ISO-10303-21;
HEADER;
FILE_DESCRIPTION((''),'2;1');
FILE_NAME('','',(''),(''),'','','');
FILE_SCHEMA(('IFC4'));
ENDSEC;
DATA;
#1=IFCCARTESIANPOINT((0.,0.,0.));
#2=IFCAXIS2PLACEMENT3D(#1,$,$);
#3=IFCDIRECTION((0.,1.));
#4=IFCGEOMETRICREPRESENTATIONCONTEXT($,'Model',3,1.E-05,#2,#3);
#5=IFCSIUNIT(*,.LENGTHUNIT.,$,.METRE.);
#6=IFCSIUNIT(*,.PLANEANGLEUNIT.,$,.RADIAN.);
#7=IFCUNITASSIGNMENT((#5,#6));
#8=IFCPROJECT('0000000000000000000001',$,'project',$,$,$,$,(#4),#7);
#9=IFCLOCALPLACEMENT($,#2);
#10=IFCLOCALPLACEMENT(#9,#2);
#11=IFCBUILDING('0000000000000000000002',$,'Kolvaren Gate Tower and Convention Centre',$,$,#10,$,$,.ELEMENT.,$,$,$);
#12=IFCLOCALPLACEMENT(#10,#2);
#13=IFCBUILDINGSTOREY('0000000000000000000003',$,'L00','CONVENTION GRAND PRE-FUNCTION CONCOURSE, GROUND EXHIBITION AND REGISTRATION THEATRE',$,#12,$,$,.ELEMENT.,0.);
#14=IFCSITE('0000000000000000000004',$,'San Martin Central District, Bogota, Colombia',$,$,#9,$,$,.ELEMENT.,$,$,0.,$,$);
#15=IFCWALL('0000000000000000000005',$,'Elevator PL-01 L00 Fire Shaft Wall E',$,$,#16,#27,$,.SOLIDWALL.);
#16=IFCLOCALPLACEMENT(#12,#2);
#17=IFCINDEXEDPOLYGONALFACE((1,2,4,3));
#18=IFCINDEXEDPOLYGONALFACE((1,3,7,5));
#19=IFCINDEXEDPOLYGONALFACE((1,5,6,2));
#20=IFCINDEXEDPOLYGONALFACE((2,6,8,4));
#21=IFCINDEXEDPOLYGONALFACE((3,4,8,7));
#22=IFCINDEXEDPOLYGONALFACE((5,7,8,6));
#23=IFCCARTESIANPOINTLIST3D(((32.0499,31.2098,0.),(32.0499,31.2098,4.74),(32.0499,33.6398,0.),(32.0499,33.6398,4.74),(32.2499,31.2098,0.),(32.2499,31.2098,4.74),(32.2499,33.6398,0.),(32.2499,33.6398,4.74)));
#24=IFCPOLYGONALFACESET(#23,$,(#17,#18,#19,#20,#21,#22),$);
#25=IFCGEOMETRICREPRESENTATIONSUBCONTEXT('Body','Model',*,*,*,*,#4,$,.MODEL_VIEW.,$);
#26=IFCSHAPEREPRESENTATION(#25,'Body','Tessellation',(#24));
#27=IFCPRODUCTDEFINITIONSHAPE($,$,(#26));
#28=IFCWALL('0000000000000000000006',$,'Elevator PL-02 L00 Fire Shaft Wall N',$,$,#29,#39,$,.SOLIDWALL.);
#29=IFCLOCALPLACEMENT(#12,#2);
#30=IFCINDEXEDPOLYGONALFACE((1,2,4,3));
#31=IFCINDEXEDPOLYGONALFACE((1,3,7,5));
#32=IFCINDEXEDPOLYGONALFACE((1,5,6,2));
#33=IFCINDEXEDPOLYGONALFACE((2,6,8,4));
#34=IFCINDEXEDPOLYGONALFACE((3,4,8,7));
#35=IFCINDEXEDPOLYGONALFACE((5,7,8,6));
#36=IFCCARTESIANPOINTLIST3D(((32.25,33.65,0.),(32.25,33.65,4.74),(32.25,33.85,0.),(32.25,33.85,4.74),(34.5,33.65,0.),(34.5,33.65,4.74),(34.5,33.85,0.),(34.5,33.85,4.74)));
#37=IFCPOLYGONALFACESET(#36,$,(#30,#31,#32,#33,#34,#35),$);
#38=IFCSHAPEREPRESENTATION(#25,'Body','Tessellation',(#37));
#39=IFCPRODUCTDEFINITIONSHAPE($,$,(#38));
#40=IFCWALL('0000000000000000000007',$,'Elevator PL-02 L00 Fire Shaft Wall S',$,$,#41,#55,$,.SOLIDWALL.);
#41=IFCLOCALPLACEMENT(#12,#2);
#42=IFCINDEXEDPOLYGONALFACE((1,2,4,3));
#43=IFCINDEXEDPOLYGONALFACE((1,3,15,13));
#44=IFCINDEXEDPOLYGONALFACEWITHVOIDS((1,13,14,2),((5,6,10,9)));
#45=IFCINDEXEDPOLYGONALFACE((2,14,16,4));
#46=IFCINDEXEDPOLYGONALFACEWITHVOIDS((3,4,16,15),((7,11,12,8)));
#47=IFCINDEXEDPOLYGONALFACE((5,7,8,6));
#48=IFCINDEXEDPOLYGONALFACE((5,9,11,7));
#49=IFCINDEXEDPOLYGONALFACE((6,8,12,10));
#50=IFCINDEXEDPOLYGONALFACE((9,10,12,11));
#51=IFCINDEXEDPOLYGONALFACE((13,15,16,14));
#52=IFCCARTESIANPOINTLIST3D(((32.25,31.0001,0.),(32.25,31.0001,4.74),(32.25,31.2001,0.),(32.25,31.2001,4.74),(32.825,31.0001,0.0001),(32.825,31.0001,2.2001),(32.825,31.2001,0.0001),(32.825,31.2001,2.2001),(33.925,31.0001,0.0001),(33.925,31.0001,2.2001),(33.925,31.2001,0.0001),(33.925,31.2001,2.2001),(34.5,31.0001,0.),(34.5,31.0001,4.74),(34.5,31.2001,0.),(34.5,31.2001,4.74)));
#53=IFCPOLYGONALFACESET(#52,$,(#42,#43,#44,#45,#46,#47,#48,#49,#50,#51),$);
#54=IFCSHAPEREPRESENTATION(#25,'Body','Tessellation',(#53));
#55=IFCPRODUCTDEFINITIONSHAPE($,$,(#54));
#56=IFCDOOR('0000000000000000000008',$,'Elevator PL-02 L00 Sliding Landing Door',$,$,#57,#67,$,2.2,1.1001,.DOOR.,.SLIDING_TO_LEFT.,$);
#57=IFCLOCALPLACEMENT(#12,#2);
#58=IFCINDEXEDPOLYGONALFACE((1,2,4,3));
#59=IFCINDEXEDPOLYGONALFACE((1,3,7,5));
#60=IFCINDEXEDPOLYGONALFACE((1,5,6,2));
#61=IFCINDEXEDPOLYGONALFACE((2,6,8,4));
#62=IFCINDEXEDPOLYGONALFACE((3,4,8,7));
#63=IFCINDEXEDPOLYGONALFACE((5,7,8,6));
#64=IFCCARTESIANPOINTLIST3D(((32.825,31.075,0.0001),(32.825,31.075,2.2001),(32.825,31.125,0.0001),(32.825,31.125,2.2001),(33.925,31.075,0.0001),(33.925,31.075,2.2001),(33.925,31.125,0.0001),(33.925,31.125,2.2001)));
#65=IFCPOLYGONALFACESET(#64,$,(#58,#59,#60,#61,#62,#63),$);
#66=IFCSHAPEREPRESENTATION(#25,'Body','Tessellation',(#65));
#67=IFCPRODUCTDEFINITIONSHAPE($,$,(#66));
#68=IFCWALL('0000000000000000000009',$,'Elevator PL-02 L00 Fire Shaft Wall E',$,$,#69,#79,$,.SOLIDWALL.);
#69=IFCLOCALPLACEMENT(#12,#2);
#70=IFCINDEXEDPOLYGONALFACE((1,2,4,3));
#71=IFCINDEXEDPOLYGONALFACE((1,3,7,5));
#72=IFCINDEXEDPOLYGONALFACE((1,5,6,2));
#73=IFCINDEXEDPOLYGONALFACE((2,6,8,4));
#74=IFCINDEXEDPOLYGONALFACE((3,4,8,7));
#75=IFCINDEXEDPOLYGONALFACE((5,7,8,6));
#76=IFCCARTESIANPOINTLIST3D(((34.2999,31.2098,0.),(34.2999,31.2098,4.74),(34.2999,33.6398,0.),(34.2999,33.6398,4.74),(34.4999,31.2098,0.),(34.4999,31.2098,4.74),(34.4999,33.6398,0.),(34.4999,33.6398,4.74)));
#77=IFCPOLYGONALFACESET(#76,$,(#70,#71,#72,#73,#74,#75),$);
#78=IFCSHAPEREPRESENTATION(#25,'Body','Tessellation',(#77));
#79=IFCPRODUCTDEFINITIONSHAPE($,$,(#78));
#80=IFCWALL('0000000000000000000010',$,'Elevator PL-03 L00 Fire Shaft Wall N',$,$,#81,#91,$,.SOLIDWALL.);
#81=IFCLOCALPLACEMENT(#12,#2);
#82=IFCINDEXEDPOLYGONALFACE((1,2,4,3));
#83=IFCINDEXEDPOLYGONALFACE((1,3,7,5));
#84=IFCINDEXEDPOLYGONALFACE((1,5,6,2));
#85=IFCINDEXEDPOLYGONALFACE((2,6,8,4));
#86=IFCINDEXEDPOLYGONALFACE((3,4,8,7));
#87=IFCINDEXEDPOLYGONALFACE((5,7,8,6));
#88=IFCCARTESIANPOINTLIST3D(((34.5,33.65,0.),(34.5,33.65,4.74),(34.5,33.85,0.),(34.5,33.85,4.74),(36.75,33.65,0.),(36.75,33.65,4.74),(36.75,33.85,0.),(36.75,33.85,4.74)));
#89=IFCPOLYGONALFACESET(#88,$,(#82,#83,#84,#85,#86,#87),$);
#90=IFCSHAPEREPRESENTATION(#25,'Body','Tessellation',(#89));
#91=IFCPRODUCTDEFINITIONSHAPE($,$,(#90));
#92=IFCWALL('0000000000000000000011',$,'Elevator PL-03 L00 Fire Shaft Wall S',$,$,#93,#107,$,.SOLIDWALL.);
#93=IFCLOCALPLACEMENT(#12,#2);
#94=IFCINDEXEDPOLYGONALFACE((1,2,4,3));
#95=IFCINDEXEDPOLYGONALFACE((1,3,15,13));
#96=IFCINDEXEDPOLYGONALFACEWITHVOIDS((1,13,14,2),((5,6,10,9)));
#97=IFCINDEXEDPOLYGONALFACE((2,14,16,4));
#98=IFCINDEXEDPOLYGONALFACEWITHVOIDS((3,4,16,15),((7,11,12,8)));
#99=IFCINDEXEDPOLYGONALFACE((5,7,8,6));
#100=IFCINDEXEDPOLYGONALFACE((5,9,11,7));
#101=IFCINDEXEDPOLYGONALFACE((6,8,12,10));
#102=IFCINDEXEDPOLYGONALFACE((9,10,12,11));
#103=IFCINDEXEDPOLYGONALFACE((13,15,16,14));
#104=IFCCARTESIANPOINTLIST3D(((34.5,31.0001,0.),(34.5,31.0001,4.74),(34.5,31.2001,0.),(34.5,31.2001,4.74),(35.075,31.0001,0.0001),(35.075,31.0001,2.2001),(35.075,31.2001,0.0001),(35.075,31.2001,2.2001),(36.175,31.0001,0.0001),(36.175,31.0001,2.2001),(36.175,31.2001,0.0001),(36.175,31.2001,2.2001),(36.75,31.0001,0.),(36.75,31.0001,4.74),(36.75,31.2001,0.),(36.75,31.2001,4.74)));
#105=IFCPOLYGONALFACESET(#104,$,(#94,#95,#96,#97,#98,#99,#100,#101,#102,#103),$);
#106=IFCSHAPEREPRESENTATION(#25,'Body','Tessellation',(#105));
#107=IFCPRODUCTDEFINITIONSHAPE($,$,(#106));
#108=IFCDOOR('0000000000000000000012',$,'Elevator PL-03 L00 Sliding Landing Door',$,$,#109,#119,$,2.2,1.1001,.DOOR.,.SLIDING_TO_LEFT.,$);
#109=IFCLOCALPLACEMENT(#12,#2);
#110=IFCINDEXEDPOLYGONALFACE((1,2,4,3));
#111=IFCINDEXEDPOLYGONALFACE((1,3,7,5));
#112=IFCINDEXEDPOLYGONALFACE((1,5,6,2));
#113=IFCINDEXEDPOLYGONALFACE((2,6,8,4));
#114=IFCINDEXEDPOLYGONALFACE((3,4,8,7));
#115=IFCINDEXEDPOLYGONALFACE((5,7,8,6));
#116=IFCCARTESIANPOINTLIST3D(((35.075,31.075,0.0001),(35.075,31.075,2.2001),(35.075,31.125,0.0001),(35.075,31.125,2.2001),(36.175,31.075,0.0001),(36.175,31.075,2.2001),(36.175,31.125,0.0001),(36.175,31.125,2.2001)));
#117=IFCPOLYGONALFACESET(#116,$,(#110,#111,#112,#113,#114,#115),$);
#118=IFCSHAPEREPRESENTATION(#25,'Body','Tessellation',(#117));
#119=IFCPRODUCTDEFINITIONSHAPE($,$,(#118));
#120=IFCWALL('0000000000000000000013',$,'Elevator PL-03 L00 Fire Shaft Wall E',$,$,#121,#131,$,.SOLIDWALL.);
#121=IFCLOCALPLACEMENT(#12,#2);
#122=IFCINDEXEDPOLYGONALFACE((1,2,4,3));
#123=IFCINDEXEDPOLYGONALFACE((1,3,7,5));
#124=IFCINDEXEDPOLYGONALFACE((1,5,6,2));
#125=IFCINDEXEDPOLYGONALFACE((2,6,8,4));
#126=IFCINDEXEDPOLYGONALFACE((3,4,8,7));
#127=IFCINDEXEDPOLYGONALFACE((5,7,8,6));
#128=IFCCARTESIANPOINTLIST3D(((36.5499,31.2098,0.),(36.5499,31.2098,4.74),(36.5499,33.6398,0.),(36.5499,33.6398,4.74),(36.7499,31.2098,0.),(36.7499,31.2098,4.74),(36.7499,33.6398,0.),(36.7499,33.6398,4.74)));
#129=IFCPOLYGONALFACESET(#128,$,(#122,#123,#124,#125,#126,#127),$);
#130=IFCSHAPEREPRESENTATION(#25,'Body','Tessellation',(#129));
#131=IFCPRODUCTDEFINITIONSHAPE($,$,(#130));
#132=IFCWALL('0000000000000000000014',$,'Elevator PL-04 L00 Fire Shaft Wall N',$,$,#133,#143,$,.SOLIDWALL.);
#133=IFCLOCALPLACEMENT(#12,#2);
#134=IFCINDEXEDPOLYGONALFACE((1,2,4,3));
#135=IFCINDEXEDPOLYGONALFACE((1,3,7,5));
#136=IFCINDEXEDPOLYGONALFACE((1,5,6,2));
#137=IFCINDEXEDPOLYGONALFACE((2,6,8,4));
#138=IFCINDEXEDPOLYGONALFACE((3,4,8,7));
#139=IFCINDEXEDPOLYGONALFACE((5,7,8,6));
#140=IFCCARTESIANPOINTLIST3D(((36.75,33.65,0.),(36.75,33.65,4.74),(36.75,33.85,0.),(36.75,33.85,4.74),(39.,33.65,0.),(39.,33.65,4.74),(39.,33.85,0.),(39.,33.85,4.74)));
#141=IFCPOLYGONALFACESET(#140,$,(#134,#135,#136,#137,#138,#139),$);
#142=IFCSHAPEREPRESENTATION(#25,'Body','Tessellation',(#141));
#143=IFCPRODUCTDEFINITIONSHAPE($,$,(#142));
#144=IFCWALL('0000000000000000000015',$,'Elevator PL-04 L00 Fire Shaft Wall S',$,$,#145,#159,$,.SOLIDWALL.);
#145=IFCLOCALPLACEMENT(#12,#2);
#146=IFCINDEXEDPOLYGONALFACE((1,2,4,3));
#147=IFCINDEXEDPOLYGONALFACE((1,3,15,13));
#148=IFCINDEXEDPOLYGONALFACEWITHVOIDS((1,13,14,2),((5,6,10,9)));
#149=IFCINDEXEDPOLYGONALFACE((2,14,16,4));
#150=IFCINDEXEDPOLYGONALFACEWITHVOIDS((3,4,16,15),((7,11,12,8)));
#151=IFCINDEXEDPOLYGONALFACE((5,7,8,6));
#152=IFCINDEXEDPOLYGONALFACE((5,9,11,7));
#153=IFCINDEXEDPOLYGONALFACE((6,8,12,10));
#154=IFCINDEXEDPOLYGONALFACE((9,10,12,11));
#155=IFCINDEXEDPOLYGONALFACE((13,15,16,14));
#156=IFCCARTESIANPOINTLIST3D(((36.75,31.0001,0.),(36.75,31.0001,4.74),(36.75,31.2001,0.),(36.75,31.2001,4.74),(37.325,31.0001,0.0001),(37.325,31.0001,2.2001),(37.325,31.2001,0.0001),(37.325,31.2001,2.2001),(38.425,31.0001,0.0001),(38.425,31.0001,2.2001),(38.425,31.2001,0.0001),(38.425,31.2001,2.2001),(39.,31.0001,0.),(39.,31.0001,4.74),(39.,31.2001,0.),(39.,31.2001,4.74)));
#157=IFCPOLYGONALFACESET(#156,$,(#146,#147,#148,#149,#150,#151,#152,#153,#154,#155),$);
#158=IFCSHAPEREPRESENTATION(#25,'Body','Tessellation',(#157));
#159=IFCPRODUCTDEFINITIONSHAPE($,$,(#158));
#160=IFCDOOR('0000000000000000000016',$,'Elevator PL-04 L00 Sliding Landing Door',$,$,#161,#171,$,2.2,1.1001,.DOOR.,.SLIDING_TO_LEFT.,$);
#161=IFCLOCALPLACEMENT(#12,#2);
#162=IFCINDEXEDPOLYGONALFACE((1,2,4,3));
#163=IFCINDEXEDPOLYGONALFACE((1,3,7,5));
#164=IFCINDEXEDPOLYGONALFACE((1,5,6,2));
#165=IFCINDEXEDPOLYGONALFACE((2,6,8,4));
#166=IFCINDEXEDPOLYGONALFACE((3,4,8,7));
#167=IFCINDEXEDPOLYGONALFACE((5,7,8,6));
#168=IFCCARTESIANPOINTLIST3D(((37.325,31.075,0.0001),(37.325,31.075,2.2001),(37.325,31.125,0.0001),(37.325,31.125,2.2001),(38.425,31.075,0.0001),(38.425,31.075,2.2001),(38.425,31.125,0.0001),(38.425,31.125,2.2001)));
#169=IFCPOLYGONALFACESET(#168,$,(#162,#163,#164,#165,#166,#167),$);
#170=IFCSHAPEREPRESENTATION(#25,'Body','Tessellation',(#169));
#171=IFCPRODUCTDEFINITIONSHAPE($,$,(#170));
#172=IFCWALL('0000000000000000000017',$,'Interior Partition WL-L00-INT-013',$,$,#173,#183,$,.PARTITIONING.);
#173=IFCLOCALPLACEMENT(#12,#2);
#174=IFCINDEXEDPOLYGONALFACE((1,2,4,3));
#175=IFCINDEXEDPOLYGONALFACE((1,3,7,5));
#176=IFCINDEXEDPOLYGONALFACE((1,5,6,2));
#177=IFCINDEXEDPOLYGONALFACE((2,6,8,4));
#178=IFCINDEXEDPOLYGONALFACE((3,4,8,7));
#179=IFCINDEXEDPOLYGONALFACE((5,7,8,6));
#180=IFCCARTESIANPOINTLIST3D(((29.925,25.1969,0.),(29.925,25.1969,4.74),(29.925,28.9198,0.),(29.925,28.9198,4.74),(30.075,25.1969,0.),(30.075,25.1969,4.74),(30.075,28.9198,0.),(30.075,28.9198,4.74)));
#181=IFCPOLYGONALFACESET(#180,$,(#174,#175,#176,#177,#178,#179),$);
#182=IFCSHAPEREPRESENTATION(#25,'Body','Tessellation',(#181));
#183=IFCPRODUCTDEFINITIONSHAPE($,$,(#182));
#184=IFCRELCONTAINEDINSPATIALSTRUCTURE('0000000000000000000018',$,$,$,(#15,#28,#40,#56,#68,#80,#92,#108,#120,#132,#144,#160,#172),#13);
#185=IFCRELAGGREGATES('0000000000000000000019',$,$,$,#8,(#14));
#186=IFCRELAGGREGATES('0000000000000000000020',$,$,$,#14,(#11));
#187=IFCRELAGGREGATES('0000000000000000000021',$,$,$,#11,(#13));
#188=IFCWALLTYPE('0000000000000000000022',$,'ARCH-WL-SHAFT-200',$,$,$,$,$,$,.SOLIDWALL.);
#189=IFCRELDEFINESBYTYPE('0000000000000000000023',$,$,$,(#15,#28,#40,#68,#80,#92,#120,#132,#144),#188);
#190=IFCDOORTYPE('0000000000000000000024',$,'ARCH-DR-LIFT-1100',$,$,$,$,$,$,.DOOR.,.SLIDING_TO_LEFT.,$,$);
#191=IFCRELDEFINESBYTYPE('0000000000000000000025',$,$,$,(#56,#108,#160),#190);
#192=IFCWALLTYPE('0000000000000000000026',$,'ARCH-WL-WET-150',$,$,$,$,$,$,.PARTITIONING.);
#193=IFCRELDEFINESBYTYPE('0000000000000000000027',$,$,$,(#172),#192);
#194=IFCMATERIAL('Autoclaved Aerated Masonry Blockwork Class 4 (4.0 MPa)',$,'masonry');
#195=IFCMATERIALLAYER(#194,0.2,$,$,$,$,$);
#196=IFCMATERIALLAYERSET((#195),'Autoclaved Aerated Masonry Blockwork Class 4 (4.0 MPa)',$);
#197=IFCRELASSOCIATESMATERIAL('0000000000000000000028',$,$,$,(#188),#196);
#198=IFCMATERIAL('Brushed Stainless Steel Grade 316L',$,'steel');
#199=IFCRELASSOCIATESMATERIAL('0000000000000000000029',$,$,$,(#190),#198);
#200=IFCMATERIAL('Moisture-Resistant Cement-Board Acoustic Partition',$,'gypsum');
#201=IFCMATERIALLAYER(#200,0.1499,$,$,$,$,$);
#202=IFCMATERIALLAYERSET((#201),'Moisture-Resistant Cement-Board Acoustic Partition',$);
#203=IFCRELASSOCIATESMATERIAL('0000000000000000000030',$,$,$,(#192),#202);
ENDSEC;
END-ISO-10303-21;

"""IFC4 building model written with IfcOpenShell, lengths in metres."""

from ifc_helpers import new_model, si_unit, direction, frame, frame_2d, origin, place, context, subcontext, project, spatial, rectangle, extrude, material, layer, layer_set, type_object, element, fill, save


model = new_model("IFC4")

# Units and contexts
model_context = context("Model", 3, precision=1e-05, world=origin(), true_north=direction((0.0, 1.0)))
body_context = subcontext(model_context, "Body", "Model", "MODEL_VIEW")
ifc_project = project(units=[si_unit("LENGTHUNIT", "METRE"), si_unit("PLANEANGLEUNIT", "RADIAN")], contexts=[model_context])

# Site, building, storey
site_placement = place(None, origin())
site = spatial("IfcSite", under=ifc_project, at=site_placement, Name="San Martin Central District, Bogota, Colombia", CompositionType="ELEMENT", RefElevation=0.0)
building_placement = place(site_placement, origin())
building = spatial("IfcBuilding", under=site, at=building_placement, Name="Kolvaren Gate Tower and Convention Centre", CompositionType="ELEMENT")
storey_placement = place(building_placement, origin())
storey = spatial("IfcBuildingStorey", under=building, at=storey_placement, Name="L00", Description="CONVENTION GRAND PRE-FUNCTION CONCOURSE, GROUND EXHIBITION AND REGISTRATION THEATRE", CompositionType="ELEMENT", Elevation=0.0)

# Walls
ifc_material_1 = material(Name="Autoclaved Aerated Masonry Blockwork Class 4 (4.0 MPa)", Category="masonry")
ifc_layer_1 = layer(ifc_material_1, 0.2)
ifc_layer_set_1 = layer_set([ifc_layer_1], Name="Autoclaved Aerated Masonry Blockwork Class 4 (4.0 MPa)")
wall_type_1 = type_object("IfcWallType", Name="ARCH-WL-SHAFT-200", PredefinedType="SOLIDWALL", material=ifc_layer_set_1)
wall_1_placement = place(storey_placement, frame((32.1499, 31.21, 0.0), z_axis=(0.0, 0.0, 1.0), x_axis=(0.0, 1.0, 0.0)))
element("IfcWall", 1, at=wall_1_placement, inside=storey, type_object=wall_type_1, Name="Elevator PL-01 L00 Fire Shaft Wall E", PredefinedType="SOLIDWALL", context=body_context, shape_type="SweptSolid", body=[
    extrude(rectangle(XDim=2.4299, YDim=0.2, at=frame_2d((1.2148, 0.0))), origin(), (0.0, 0.0, 1.0), 4.74),
])
wall_2_placement = place(storey_placement, frame((32.25, 33.75, 0.0), z_axis=(0.0, 0.0, 1.0), x_axis=(1.0, 0.0, 0.0)))
element("IfcWall", 2, at=wall_2_placement, inside=storey, type_object=wall_type_1, Name="Elevator PL-02 L00 Fire Shaft Wall N", PredefinedType="SOLIDWALL", context=body_context, shape_type="SweptSolid", body=[
    extrude(rectangle(XDim=2.25, YDim=0.2, at=frame_2d((1.125, 0.0))), origin(), (0.0, 0.0, 1.0), 4.74),
])

# Wall, opening, door
wall_3_placement = place(storey_placement, frame((32.25, 31.1001, 0.0), z_axis=(0.0, 0.0, 1.0), x_axis=(1.0, 0.0, 0.0)))
wall_3 = element("IfcWall", 3, at=wall_3_placement, inside=storey, type_object=wall_type_1, Name="Elevator PL-02 L00 Fire Shaft Wall S", PredefinedType="SOLIDWALL", context=body_context, shape_type="SweptSolid", body=[
    extrude(rectangle(XDim=2.25, YDim=0.2, at=frame_2d((1.125, 0.0))), origin(), (0.0, 0.0, 1.0), 4.74),
])
opening_1_placement = place(wall_3_placement, frame((0.575, 0.0, 0.0)))
opening_1 = element("IfcOpeningElement", 4, at=opening_1_placement, cuts=wall_3, PredefinedType="OPENING", context=body_context, shape_type="SweptSolid", body=[
    extrude(rectangle(XDim=1.1001, YDim=2.2, at=frame_2d((0.55, 1.1001))), frame((0.0, 0.1099, 0.0), z_axis=(0.0, -1.0, 0.0), x_axis=(1.0, 0.0, 0.0)), (0.0, 0.0, 1.0), 0.22),
])
ifc_material_2 = material(Name="Brushed Stainless Steel Grade 316L", Category="steel")
door_type = type_object("IfcDoorType", Name="ARCH-DR-LIFT-1100", OperationType="SLIDING_TO_LEFT", PredefinedType="DOOR", material=ifc_material_2)
door_1_placement = place(opening_1_placement, origin())
door_1 = element("IfcDoor", 5, at=door_1_placement, inside=storey, type_object=door_type, Name="Elevator PL-02 L00 Sliding Landing Door", OperationType="SLIDING_TO_LEFT", OverallHeight=2.2, OverallWidth=1.1001, PredefinedType="DOOR", context=body_context, shape_type="SweptSolid", body=[
    extrude(rectangle(XDim=1.1001, YDim=2.2, at=frame_2d((0.55, 1.1001))), frame((0.0, 0.0249, 0.0), z_axis=(0.0, -1.0, 0.0), x_axis=(1.0, 0.0, 0.0)), (0.0, 0.0, 1.0), 0.05),
])
fill(opening_1, door_1)

# Walls
wall_4_placement = place(storey_placement, frame((34.3999, 31.21, 0.0), z_axis=(0.0, 0.0, 1.0), x_axis=(0.0, 1.0, 0.0)))
element("IfcWall", 6, at=wall_4_placement, inside=storey, type_object=wall_type_1, Name="Elevator PL-02 L00 Fire Shaft Wall E", PredefinedType="SOLIDWALL", context=body_context, shape_type="SweptSolid", body=[
    extrude(rectangle(XDim=2.4299, YDim=0.2, at=frame_2d((1.2148, 0.0))), origin(), (0.0, 0.0, 1.0), 4.74),
])
wall_5_placement = place(storey_placement, frame((34.5, 33.75, 0.0), z_axis=(0.0, 0.0, 1.0), x_axis=(1.0, 0.0, 0.0)))
element("IfcWall", 7, at=wall_5_placement, inside=storey, type_object=wall_type_1, Name="Elevator PL-03 L00 Fire Shaft Wall N", PredefinedType="SOLIDWALL", context=body_context, shape_type="SweptSolid", body=[
    extrude(rectangle(XDim=2.25, YDim=0.2, at=frame_2d((1.125, 0.0))), origin(), (0.0, 0.0, 1.0), 4.74),
])

# Wall, opening, door
wall_6_placement = place(storey_placement, frame((34.5, 31.1001, 0.0), z_axis=(0.0, 0.0, 1.0), x_axis=(1.0, 0.0, 0.0)))
wall_6 = element("IfcWall", 8, at=wall_6_placement, inside=storey, type_object=wall_type_1, Name="Elevator PL-03 L00 Fire Shaft Wall S", PredefinedType="SOLIDWALL", context=body_context, shape_type="SweptSolid", body=[
    extrude(rectangle(XDim=2.25, YDim=0.2, at=frame_2d((1.125, 0.0))), origin(), (0.0, 0.0, 1.0), 4.74),
])
opening_2_placement = place(wall_6_placement, frame((0.575, 0.0, 0.0)))
opening_2 = element("IfcOpeningElement", 9, at=opening_2_placement, cuts=wall_6, PredefinedType="OPENING", context=body_context, shape_type="SweptSolid", body=[
    extrude(rectangle(XDim=1.1001, YDim=2.2, at=frame_2d((0.55, 1.1001))), frame((0.0, 0.1099, 0.0), z_axis=(0.0, -1.0, 0.0), x_axis=(1.0, 0.0, 0.0)), (0.0, 0.0, 1.0), 0.22),
])
door_2_placement = place(opening_2_placement, origin())
door_2 = element("IfcDoor", 10, at=door_2_placement, inside=storey, type_object=door_type, Name="Elevator PL-03 L00 Sliding Landing Door", OperationType="SLIDING_TO_LEFT", OverallHeight=2.2, OverallWidth=1.1001, PredefinedType="DOOR", context=body_context, shape_type="SweptSolid", body=[
    extrude(rectangle(XDim=1.1001, YDim=2.2, at=frame_2d((0.55, 1.1001))), frame((0.0, 0.0249, 0.0), z_axis=(0.0, -1.0, 0.0), x_axis=(1.0, 0.0, 0.0)), (0.0, 0.0, 1.0), 0.05),
])
fill(opening_2, door_2)

# Walls
wall_7_placement = place(storey_placement, frame((36.6499, 31.21, 0.0), z_axis=(0.0, 0.0, 1.0), x_axis=(0.0, 1.0, 0.0)))
element("IfcWall", 11, at=wall_7_placement, inside=storey, type_object=wall_type_1, Name="Elevator PL-03 L00 Fire Shaft Wall E", PredefinedType="SOLIDWALL", context=body_context, shape_type="SweptSolid", body=[
    extrude(rectangle(XDim=2.4299, YDim=0.2, at=frame_2d((1.2148, 0.0))), origin(), (0.0, 0.0, 1.0), 4.74),
])
wall_8_placement = place(storey_placement, frame((36.75, 33.75, 0.0), z_axis=(0.0, 0.0, 1.0), x_axis=(1.0, 0.0, 0.0)))
element("IfcWall", 12, at=wall_8_placement, inside=storey, type_object=wall_type_1, Name="Elevator PL-04 L00 Fire Shaft Wall N", PredefinedType="SOLIDWALL", context=body_context, shape_type="SweptSolid", body=[
    extrude(rectangle(XDim=2.25, YDim=0.2, at=frame_2d((1.125, 0.0))), origin(), (0.0, 0.0, 1.0), 4.74),
])

# Wall, opening, door
wall_9_placement = place(storey_placement, frame((36.75, 31.1001, 0.0), z_axis=(0.0, 0.0, 1.0), x_axis=(1.0, 0.0, 0.0)))
wall_9 = element("IfcWall", 13, at=wall_9_placement, inside=storey, type_object=wall_type_1, Name="Elevator PL-04 L00 Fire Shaft Wall S", PredefinedType="SOLIDWALL", context=body_context, shape_type="SweptSolid", body=[
    extrude(rectangle(XDim=2.25, YDim=0.2, at=frame_2d((1.125, 0.0))), origin(), (0.0, 0.0, 1.0), 4.74),
])
opening_3_placement = place(wall_9_placement, frame((0.575, 0.0, 0.0)))
opening_3 = element("IfcOpeningElement", 14, at=opening_3_placement, cuts=wall_9, PredefinedType="OPENING", context=body_context, shape_type="SweptSolid", body=[
    extrude(rectangle(XDim=1.1001, YDim=2.2, at=frame_2d((0.55, 1.1001))), frame((0.0, 0.1099, 0.0), z_axis=(0.0, -1.0, 0.0), x_axis=(1.0, 0.0, 0.0)), (0.0, 0.0, 1.0), 0.22),
])
door_3_placement = place(opening_3_placement, origin())
door_3 = element("IfcDoor", 15, at=door_3_placement, inside=storey, type_object=door_type, Name="Elevator PL-04 L00 Sliding Landing Door", OperationType="SLIDING_TO_LEFT", OverallHeight=2.2, OverallWidth=1.1001, PredefinedType="DOOR", context=body_context, shape_type="SweptSolid", body=[
    extrude(rectangle(XDim=1.1001, YDim=2.2, at=frame_2d((0.55, 1.1001))), frame((0.0, 0.0249, 0.0), z_axis=(0.0, -1.0, 0.0), x_axis=(1.0, 0.0, 0.0)), (0.0, 0.0, 1.0), 0.05),
])
fill(opening_3, door_3)

# Wall
ifc_material_3 = material(Name="Moisture-Resistant Cement-Board Acoustic Partition", Category="gypsum")
ifc_layer_2 = layer(ifc_material_3, 0.1499)
ifc_layer_set_2 = layer_set([ifc_layer_2], Name="Moisture-Resistant Cement-Board Acoustic Partition")
wall_type_2 = type_object("IfcWallType", Name="ARCH-WL-WET-150", PredefinedType="PARTITIONING", material=ifc_layer_set_2)
wall_10_placement = place(storey_placement, frame((30.0, 25.197, 0.0), z_axis=(0.0, 0.0, 1.0), x_axis=(0.0, 1.0, 0.0)))
element("IfcWall", 16, at=wall_10_placement, inside=storey, type_object=wall_type_2, Name="Interior Partition WL-L00-INT-013", PredefinedType="PARTITIONING", context=body_context, shape_type="SweptSolid", body=[
    extrude(rectangle(XDim=3.7229, YDim=0.1499, at=frame_2d((1.8613, 0.0))), origin(), (0.0, 0.0, 1.0), 4.74),
])

save(model, "model.ifc")
